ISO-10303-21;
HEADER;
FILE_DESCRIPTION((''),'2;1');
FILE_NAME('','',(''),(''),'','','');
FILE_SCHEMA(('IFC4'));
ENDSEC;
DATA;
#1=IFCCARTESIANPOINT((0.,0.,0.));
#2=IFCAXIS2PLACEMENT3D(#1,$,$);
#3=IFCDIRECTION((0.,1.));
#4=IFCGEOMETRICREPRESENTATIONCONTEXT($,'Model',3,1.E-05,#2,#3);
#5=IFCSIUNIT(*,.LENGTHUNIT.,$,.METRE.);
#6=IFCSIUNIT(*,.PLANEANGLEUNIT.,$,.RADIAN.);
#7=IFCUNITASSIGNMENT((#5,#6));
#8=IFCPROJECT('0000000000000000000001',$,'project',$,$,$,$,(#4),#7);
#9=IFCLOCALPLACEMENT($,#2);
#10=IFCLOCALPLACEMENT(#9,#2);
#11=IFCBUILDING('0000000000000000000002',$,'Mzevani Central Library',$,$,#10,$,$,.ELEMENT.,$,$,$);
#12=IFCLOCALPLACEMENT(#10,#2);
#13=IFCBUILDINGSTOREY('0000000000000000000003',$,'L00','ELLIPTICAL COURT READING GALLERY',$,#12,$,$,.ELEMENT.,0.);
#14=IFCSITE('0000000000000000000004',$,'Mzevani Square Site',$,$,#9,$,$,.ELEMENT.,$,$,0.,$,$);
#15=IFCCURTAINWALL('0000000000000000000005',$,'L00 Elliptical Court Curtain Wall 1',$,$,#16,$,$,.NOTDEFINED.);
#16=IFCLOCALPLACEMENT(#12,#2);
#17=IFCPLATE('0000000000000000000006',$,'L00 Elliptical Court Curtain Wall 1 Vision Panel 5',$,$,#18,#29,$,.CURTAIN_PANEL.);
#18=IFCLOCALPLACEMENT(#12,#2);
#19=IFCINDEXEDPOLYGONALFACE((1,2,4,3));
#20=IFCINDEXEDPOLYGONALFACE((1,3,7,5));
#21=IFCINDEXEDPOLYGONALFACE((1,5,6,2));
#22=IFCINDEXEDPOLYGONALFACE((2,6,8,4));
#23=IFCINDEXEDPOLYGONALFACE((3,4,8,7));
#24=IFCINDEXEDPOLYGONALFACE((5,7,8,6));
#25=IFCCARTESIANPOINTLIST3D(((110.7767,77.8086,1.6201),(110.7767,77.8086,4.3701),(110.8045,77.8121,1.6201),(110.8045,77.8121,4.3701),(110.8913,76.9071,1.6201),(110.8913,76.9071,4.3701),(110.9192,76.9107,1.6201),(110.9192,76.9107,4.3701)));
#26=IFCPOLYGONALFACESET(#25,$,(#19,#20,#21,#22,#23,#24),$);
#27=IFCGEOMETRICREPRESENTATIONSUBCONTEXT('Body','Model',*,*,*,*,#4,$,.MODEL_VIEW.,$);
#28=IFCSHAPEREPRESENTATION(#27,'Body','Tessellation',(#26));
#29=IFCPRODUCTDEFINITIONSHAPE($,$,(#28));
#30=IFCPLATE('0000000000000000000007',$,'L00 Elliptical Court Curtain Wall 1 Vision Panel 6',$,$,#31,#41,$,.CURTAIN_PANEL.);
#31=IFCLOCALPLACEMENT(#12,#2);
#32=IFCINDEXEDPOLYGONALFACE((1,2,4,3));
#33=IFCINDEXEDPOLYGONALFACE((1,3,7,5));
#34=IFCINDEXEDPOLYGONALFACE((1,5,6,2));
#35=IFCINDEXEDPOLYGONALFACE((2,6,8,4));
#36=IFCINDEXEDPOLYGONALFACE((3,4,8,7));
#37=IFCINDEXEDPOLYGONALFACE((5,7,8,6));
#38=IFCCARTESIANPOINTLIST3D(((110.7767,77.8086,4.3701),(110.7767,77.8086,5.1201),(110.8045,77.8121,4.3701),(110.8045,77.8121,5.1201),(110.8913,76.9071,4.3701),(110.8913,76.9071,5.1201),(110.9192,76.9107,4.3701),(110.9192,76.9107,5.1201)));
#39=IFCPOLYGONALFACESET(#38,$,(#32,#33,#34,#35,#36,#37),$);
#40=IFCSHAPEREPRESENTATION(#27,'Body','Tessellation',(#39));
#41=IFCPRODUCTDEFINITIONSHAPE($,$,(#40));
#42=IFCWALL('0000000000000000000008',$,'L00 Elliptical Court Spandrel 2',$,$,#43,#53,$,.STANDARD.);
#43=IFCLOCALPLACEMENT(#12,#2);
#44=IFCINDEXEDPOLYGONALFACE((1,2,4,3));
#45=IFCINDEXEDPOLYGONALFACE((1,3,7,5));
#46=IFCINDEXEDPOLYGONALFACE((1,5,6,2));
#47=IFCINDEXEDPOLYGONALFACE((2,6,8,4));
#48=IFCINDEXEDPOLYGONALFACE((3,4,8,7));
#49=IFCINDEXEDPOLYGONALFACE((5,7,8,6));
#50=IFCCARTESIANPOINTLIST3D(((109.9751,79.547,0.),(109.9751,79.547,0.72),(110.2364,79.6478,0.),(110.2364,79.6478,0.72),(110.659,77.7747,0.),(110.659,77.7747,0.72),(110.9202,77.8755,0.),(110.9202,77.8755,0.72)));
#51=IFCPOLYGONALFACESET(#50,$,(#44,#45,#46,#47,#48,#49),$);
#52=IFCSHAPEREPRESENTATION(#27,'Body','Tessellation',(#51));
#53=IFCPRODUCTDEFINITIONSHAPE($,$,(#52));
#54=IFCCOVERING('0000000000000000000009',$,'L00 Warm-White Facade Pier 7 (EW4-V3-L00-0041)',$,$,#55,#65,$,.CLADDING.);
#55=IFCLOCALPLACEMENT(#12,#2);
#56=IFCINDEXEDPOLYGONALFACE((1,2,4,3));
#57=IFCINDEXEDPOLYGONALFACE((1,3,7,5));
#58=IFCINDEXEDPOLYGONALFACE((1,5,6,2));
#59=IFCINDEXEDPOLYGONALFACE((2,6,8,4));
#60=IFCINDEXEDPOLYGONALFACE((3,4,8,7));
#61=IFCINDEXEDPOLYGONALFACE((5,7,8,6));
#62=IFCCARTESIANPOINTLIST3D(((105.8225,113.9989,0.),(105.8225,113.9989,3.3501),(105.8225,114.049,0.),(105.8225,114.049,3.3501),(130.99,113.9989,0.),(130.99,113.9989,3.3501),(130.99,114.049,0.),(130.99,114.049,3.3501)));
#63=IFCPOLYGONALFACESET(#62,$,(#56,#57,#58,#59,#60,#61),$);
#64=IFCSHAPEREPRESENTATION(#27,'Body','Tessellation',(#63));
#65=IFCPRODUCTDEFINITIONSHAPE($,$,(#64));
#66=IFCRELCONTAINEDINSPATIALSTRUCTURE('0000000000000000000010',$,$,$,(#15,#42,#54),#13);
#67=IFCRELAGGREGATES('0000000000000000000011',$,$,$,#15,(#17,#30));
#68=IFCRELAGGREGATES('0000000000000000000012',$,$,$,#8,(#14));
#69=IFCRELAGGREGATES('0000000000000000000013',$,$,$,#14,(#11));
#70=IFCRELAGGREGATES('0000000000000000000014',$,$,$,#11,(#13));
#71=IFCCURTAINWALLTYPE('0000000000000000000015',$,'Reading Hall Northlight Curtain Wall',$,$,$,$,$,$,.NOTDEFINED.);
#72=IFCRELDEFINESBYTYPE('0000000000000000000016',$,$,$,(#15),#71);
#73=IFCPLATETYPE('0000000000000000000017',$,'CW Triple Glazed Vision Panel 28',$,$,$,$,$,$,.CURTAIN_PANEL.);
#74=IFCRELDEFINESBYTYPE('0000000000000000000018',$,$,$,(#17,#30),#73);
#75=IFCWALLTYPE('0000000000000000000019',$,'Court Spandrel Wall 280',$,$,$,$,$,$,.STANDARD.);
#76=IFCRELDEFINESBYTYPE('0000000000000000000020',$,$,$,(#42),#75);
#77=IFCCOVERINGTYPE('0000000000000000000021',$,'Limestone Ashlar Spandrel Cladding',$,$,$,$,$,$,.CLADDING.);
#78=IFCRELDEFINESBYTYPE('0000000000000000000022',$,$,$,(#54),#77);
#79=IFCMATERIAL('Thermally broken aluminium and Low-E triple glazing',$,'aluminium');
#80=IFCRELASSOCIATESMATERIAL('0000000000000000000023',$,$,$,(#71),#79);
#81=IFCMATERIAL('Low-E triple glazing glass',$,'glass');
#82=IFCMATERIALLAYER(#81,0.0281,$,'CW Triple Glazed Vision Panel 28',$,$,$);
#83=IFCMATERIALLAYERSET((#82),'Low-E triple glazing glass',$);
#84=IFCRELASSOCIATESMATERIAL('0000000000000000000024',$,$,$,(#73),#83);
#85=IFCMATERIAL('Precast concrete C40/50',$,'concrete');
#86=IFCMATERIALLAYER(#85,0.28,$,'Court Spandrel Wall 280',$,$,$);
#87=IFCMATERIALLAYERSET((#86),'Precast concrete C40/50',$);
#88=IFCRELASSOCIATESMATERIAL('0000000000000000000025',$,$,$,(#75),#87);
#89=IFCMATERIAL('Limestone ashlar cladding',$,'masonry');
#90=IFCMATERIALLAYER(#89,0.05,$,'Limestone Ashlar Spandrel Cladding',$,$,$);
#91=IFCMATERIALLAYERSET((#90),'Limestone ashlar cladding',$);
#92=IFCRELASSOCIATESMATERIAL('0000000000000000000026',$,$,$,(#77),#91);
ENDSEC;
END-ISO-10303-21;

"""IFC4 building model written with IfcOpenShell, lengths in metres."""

from ifc_helpers import new_model, si_unit, direction, frame, frame_2d, origin, origin_2d, place, context, subcontext, project, spatial, rectangle, extrude, material, layer, layer_set, type_object, element, aggregate, save


model = new_model("IFC4")

# Units and contexts
model_context = context("Model", 3, precision=1e-05, world=origin(), true_north=direction((0.0, 1.0)))
body_context = subcontext(model_context, "Body", "Model", "MODEL_VIEW")
ifc_project = project(units=[si_unit("LENGTHUNIT", "METRE"), si_unit("PLANEANGLEUNIT", "RADIAN")], contexts=[model_context])

# Site, building, storey
site_placement = place(None, origin())
site = spatial("IfcSite", under=ifc_project, at=site_placement, Name="Mzevani Square Site", CompositionType="ELEMENT", RefElevation=0.0)
building_placement = place(site_placement, origin())
building = spatial("IfcBuilding", under=site, at=building_placement, Name="Mzevani Central Library", CompositionType="ELEMENT")
storey_placement = place(building_placement, origin())
storey = spatial("IfcBuildingStorey", under=building, at=storey_placement, Name="L00", Description="ELLIPTICAL COURT READING GALLERY", CompositionType="ELEMENT", Elevation=0.0)

# Curtain wall
ifc_material_1 = material(Name="Thermally broken aluminium and Low-E triple glazing", Category="aluminium")
curtain_wall_type_1 = type_object("IfcCurtainWallType", Name="Reading Hall Northlight Curtain Wall", PredefinedType="NOTDEFINED", material=ifc_material_1)
curtain_wall_1_placement = place(storey_placement, origin())
curtain_wall_1 = element("IfcCurtainWall", 1, at=curtain_wall_1_placement, inside=storey, type_object=curtain_wall_type_1, Name="L00 Elliptical Court Curtain Wall 1", PredefinedType="NOTDEFINED")

# Shared definitions
ifc_material_2 = material(Name="Precast concrete C40/50", Category="concrete")

# Plates
ifc_material_3 = material(Name="Low-E triple glazing glass", Category="glass")
ifc_layer_1 = layer(ifc_material_3, 0.0281, Name="CW Triple Glazed Vision Panel 28")
ifc_layer_set_1 = layer_set([ifc_layer_1], Name="Low-E triple glazing glass")
plate_type_1 = type_object("IfcPlateType", Name="CW Triple Glazed Vision Panel 28", PredefinedType="CURTAIN_PANEL", material=ifc_layer_set_1)
plate_1_placement = place(storey_placement, frame((110.8479, 77.3596, 1.6201), z_axis=(0.0, 0.0, 1.0), x_axis=(-0.126168, 0.992009, 0.0)))
plate_1 = element("IfcPlate", 2, at=plate_1_placement, type_object=plate_type_1, Name="L00 Elliptical Court Curtain Wall 1 Vision Panel 5", PredefinedType="CURTAIN_PANEL", context=body_context, shape_type="SweptSolid", body=[
    extrude(rectangle(XDim=0.9087, YDim=0.0281, at=origin_2d()), origin(), (0.0, 0.0, 1.0), 2.75),
])
plate_2_placement = place(storey_placement, frame((110.8479, 77.3596, 4.3701), z_axis=(0.0, 0.0, 1.0), x_axis=(-0.126168, 0.992009, 0.0)))
plate_2 = element("IfcPlate", 3, at=plate_2_placement, type_object=plate_type_1, Name="L00 Elliptical Court Curtain Wall 1 Vision Panel 6", PredefinedType="CURTAIN_PANEL", context=body_context, shape_type="SweptSolid", body=[
    extrude(rectangle(XDim=0.9087, YDim=0.0281, at=origin_2d()), origin(), (0.0, 0.0, 1.0), 0.75),
])
aggregate(curtain_wall_1, [plate_1, plate_2])

# Wall
ifc_layer_2 = layer(ifc_material_2, 0.28, Name="Court Spandrel Wall 280")
ifc_layer_set_2 = layer_set([ifc_layer_2], Name="Precast concrete C40/50")
wall_type = type_object("IfcWallType", Name="Court Spandrel Wall 280", PredefinedType="STANDARD", material=ifc_layer_set_2)
wall_placement = place(storey_placement, frame((110.7896, 77.8252, 0.0), z_axis=(0.0, 0.0, 1.0), x_axis=(-0.359995, 0.932954, 0.0)))
element("IfcWall", 4, at=wall_placement, inside=storey, type_object=wall_type, Name="L00 Elliptical Court Spandrel 2", PredefinedType="STANDARD", context=body_context, shape_type="SweptSolid", body=[
    extrude(rectangle(XDim=1.8997, YDim=0.28, at=frame_2d((0.9497, 0.0))), origin(), (0.0, 0.0, 1.0), 0.72),
])

# Covering
ifc_material_4 = material(Name="Limestone ashlar cladding", Category="masonry")
ifc_layer_3 = layer(ifc_material_4, 0.05, Name="Limestone Ashlar Spandrel Cladding")
ifc_layer_set_3 = layer_set([ifc_layer_3], Name="Limestone ashlar cladding")
covering_type = type_object("IfcCoveringType", Name="Limestone Ashlar Spandrel Cladding", PredefinedType="CLADDING", material=ifc_layer_set_3)
covering_placement = place(storey_placement, frame((118.4062, 114.0239, 0.0), z_axis=(0.0, 0.0, 1.0), x_axis=(1.0, 0.0, 0.0)))
element("IfcCovering", 5, at=covering_placement, inside=storey, type_object=covering_type, Name="L00 Warm-White Facade Pier 7 (EW4-V3-L00-0041)", PredefinedType="CLADDING", context=body_context, shape_type="SweptSolid", body=[
    extrude(rectangle(XDim=25.1675, YDim=0.05, at=origin_2d()), origin(), (0.0, 0.0, 1.0), 3.3501),
])

save(model, "model.ifc")
